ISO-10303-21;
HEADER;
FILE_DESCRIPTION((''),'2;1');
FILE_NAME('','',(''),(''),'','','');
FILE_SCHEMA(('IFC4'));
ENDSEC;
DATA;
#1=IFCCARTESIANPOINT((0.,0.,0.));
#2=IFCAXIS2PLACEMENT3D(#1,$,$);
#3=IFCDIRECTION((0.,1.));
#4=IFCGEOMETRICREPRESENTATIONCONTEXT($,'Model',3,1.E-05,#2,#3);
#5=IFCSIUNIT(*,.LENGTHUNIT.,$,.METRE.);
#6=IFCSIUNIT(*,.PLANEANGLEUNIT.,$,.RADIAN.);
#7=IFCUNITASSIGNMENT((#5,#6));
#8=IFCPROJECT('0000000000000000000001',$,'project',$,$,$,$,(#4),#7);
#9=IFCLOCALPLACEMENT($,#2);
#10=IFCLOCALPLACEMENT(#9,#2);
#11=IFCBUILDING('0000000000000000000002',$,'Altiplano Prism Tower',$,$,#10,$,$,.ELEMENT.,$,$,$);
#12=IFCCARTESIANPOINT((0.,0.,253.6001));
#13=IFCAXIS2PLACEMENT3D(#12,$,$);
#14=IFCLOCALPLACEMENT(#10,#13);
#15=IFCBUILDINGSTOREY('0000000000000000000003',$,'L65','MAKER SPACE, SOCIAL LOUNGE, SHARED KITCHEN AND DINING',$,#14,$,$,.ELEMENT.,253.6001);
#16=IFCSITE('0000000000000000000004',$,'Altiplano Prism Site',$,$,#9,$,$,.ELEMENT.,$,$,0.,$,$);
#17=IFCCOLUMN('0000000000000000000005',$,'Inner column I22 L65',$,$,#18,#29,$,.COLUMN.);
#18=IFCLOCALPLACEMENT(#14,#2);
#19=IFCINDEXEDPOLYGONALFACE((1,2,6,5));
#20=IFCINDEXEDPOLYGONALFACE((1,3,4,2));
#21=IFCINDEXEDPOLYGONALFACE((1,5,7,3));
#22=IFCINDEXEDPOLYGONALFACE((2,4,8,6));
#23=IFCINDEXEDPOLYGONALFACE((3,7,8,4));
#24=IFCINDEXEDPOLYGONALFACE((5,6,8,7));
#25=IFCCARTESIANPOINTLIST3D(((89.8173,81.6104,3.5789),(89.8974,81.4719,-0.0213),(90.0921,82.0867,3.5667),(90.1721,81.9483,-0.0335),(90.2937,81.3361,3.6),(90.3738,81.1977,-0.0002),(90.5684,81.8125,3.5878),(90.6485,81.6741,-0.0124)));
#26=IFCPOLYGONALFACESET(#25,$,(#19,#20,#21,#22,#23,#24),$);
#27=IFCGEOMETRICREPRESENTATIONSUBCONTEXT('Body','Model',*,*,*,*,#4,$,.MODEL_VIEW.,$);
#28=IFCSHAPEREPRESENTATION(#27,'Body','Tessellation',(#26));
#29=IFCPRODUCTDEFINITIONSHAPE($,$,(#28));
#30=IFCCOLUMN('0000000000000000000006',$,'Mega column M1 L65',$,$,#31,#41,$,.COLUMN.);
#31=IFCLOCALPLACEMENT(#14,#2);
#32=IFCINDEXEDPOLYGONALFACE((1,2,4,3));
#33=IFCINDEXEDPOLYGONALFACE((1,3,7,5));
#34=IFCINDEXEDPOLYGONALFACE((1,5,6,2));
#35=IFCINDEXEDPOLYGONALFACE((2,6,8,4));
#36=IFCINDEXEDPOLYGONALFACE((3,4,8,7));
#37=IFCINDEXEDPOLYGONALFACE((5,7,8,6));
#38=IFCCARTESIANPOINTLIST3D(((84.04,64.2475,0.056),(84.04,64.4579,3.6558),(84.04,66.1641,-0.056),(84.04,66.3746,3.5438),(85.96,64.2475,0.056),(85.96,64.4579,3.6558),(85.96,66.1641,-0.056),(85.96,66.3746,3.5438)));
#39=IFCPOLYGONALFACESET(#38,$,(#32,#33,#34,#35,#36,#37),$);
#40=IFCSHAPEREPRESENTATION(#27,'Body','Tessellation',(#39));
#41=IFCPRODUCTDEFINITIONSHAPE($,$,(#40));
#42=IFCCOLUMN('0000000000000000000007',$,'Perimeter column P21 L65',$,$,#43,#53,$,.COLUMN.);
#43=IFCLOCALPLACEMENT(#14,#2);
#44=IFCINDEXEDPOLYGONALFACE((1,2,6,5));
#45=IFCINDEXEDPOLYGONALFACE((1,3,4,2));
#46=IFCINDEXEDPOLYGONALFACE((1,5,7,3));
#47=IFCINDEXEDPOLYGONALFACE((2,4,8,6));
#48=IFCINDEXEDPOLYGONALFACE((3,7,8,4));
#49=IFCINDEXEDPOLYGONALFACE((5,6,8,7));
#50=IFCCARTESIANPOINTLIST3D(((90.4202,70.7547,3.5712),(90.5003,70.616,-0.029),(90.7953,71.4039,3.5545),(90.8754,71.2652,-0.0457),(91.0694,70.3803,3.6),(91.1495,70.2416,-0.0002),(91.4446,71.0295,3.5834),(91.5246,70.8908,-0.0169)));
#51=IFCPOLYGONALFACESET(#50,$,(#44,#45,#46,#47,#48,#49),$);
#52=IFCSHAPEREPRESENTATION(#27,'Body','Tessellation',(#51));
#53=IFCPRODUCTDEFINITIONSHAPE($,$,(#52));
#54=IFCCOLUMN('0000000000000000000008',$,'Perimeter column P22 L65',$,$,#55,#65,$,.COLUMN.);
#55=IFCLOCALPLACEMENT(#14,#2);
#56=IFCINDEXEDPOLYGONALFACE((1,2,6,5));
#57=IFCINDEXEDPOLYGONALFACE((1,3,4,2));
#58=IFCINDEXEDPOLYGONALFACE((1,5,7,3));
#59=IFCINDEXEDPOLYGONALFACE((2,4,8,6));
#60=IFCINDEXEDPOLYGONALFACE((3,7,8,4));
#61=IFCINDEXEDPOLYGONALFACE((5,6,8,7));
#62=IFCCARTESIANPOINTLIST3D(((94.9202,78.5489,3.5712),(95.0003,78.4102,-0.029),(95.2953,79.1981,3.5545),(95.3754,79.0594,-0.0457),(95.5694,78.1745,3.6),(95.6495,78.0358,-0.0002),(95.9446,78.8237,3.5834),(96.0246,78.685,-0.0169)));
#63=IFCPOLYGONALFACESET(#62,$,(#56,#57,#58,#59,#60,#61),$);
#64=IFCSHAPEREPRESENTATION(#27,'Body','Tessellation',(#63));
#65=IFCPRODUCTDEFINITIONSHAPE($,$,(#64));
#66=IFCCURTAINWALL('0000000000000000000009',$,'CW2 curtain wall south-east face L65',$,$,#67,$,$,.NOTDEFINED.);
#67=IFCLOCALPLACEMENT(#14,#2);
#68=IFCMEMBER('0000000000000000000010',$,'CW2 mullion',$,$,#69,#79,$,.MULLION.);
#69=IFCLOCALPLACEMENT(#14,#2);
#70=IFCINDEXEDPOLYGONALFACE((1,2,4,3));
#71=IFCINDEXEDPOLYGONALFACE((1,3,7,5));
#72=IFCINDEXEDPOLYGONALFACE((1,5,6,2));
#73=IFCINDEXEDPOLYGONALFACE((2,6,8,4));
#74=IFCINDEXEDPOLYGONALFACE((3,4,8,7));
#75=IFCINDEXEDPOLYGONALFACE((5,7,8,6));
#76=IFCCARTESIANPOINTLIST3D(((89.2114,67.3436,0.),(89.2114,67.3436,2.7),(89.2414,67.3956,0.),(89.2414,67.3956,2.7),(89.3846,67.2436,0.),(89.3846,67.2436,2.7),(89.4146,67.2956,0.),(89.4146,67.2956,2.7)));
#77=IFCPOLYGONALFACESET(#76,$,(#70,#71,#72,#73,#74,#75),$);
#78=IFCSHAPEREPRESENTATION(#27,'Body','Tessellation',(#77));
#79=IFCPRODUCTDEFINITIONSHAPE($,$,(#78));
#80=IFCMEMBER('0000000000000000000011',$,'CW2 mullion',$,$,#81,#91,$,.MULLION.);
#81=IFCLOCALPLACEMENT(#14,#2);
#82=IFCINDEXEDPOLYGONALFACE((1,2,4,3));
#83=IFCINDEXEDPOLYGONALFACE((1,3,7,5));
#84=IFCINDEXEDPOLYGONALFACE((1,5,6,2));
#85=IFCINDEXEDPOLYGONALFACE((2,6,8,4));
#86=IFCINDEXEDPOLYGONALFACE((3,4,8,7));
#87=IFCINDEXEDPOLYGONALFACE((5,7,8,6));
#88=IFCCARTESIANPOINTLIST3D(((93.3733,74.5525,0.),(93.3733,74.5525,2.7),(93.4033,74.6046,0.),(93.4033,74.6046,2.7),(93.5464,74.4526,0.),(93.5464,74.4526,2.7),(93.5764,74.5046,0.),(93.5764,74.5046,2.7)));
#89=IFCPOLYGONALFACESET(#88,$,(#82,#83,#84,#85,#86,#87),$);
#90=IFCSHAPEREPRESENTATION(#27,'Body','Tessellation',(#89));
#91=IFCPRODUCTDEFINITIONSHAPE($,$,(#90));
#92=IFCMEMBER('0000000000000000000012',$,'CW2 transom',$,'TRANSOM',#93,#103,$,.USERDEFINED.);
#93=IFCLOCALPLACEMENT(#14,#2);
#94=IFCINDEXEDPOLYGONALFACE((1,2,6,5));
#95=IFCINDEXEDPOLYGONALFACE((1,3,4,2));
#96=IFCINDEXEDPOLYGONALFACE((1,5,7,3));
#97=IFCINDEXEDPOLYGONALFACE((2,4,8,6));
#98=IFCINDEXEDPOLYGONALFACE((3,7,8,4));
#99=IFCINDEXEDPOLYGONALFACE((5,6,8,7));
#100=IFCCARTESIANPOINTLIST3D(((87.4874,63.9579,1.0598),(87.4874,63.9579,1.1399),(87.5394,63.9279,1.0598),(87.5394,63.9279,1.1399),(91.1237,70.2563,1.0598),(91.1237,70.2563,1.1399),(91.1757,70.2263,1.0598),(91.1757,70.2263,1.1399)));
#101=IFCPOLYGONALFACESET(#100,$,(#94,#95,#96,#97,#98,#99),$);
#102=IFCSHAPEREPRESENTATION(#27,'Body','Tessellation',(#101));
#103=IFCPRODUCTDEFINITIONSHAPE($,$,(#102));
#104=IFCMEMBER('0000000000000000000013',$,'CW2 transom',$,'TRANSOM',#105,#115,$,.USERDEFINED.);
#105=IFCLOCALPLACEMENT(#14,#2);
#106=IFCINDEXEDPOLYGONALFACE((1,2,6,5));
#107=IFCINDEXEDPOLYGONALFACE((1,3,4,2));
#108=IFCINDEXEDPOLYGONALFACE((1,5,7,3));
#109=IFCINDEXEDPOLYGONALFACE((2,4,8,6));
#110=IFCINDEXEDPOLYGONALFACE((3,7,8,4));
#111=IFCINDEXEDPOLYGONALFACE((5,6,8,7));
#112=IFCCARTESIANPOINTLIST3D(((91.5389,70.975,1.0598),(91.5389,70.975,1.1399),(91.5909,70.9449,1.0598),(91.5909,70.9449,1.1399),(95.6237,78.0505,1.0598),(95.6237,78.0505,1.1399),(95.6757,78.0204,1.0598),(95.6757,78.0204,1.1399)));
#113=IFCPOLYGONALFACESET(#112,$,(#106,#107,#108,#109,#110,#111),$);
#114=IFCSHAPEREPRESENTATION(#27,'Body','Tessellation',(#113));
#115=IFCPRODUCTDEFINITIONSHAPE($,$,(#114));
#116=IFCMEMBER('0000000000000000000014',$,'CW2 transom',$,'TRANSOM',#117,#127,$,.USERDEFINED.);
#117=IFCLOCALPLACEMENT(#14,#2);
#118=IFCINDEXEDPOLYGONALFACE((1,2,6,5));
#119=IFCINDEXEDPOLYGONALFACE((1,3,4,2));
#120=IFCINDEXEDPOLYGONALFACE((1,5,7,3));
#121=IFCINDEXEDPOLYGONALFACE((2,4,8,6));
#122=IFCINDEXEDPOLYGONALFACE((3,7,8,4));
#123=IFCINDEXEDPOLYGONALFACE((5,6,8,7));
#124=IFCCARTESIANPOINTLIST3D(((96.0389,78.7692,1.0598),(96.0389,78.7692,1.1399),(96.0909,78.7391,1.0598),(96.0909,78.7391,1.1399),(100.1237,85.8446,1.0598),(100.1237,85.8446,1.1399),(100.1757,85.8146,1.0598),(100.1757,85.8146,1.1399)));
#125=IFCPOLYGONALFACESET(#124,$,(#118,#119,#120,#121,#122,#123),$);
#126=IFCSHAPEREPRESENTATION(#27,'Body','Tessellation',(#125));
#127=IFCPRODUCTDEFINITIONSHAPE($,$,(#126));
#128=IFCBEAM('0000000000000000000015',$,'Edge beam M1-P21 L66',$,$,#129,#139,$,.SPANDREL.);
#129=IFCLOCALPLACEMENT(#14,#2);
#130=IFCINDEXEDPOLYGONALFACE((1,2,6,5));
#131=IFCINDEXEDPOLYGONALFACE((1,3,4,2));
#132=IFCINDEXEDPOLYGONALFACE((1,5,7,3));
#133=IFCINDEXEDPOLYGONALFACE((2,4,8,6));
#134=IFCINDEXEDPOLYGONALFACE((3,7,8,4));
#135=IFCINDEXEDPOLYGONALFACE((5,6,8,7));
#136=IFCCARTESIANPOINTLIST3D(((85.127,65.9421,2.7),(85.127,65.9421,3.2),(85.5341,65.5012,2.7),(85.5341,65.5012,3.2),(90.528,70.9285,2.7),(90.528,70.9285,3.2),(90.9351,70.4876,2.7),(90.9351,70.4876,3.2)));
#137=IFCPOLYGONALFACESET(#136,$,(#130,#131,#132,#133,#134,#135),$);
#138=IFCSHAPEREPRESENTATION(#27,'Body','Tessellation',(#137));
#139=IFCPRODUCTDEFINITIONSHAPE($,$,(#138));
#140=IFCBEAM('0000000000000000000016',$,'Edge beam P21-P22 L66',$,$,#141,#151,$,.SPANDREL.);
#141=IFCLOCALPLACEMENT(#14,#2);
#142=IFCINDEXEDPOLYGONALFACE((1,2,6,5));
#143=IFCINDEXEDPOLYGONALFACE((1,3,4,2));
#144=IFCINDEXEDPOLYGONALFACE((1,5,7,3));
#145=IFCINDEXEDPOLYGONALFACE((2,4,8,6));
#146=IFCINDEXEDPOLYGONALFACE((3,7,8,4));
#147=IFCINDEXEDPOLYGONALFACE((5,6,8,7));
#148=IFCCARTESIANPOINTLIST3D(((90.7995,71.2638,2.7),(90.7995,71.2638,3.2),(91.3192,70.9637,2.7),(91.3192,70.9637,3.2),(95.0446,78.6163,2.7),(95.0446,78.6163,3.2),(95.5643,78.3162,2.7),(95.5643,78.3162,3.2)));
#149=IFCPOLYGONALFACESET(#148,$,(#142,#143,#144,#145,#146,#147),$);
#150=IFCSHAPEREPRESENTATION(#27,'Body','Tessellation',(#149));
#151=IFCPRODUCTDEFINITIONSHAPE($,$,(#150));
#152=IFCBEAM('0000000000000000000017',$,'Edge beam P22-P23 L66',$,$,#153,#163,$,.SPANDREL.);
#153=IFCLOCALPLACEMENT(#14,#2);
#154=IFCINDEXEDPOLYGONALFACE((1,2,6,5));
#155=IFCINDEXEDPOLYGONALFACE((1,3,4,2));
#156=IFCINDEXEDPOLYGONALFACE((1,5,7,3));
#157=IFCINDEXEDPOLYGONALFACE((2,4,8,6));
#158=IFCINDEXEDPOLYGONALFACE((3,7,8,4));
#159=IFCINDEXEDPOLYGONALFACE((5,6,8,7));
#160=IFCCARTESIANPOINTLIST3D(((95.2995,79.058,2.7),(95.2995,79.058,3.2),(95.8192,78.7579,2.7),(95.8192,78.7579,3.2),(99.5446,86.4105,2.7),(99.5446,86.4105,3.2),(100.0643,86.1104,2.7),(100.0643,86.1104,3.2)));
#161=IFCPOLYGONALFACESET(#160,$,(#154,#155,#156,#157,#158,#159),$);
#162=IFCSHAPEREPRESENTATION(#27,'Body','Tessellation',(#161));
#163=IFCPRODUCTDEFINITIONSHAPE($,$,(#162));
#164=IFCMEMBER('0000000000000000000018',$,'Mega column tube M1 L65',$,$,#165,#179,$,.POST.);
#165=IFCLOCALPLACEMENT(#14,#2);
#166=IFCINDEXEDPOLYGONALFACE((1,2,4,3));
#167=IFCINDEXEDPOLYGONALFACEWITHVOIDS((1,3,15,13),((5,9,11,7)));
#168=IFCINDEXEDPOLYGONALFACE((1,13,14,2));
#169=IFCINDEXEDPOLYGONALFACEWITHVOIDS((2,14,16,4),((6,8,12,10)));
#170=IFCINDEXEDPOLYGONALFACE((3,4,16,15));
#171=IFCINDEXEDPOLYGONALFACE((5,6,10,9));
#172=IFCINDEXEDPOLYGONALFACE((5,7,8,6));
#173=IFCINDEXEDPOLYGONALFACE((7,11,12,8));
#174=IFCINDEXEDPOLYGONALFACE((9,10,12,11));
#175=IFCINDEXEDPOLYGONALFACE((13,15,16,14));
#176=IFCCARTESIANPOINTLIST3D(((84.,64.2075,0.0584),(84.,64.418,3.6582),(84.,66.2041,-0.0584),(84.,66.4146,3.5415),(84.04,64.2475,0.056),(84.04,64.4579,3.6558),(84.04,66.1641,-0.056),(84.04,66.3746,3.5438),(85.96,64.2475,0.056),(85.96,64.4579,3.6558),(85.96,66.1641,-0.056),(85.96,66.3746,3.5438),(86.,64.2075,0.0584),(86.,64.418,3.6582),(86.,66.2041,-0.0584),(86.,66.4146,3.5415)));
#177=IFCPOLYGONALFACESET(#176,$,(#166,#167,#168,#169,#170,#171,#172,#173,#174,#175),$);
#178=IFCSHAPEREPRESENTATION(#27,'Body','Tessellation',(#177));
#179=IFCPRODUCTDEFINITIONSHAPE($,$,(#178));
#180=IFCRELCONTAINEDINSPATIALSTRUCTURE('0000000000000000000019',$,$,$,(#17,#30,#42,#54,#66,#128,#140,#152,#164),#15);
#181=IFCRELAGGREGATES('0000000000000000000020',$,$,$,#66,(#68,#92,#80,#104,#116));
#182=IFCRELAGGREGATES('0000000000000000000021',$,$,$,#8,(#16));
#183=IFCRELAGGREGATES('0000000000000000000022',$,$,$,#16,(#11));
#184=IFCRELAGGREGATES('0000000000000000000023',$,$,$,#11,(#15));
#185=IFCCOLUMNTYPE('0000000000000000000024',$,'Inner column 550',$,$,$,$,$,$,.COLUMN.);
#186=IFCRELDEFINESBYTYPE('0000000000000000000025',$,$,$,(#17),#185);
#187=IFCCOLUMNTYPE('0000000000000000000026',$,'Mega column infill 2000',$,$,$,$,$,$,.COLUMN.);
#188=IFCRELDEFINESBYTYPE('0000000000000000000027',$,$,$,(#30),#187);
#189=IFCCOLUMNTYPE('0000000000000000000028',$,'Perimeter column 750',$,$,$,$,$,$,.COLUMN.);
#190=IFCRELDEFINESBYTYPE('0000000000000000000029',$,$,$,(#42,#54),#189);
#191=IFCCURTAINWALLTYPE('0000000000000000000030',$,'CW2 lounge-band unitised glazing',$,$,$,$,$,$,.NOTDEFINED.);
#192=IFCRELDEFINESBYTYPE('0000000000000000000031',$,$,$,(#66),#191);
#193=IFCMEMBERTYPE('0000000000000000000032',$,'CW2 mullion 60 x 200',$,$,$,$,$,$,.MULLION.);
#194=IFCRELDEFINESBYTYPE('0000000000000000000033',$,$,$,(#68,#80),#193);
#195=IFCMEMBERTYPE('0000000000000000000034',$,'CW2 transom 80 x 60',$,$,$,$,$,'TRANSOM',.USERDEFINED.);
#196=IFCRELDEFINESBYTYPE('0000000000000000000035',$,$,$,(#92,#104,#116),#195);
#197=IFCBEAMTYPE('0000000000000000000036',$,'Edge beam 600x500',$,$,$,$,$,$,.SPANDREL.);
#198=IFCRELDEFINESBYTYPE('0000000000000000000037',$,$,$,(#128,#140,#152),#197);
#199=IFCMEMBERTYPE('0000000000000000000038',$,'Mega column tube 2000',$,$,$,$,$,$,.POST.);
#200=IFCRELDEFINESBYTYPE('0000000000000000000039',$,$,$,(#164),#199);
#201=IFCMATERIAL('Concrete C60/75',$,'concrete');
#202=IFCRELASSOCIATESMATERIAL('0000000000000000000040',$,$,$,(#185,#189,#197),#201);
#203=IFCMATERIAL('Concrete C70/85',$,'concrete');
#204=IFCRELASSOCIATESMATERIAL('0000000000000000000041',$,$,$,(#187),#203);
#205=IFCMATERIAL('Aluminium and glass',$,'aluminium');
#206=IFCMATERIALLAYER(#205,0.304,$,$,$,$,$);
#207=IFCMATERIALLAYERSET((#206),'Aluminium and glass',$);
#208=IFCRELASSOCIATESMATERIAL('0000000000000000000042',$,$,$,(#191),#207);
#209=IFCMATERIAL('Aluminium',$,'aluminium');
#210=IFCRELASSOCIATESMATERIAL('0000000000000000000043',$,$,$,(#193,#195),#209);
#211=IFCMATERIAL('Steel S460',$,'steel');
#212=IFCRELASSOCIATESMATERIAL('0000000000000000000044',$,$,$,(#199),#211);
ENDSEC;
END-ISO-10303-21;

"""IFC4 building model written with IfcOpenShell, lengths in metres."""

from ifc_helpers import new_model, si_unit, direction, frame, origin, origin_2d, place, context, subcontext, project, spatial, rectangle, hollow_rectangle, extrude, material, layer, layer_set, material_profile, profile_set, type_object, element, aggregate, save


model = new_model("IFC4")

# Units and contexts
model_context = context("Model", 3, precision=1e-05, world=origin(), true_north=direction((0.0, 1.0)))
body_context = subcontext(model_context, "Body", "Model", "MODEL_VIEW")
ifc_project = project(units=[si_unit("LENGTHUNIT", "METRE"), si_unit("PLANEANGLEUNIT", "RADIAN")], contexts=[model_context])

# Site, building, storey
site_placement = place(None, origin())
site = spatial("IfcSite", under=ifc_project, at=site_placement, Name="Altiplano Prism Site", CompositionType="ELEMENT", RefElevation=0.0)
building_placement = place(site_placement, origin())
building = spatial("IfcBuilding", under=site, at=building_placement, Name="Altiplano Prism Tower", CompositionType="ELEMENT")
storey_placement = place(building_placement, frame((0.0, 0.0, 253.6001)))
storey = spatial("IfcBuildingStorey", under=building, at=storey_placement, Name="L65", Description="MAKER SPACE, SOCIAL LOUNGE, SHARED KITCHEN AND DINING", CompositionType="ELEMENT", Elevation=253.6001)

# Columns
ifc_material_1 = material(Name="Concrete C60/75", Category="concrete")
ifc_material_profile_1 = material_profile(ifc_material_1, rectangle(XDim=0.55, YDim=0.55, at=origin_2d()), Name="Inner column 550")
ifc_profile_set_1 = profile_set([ifc_material_profile_1], Name="Concrete C60/75")
column_type_1 = type_object("IfcColumnType", Name="Inner column 550", PredefinedType="COLUMN", material=ifc_profile_set_1)
column_1_placement = place(storey_placement, frame((90.2729, 81.573, -0.0168), z_axis=(-0.022221, 0.038413, 0.999015), x_axis=(-0.499508, -0.866025, 0.022189)))
element("IfcColumn", 1, at=column_1_placement, inside=storey, type_object=column_type_1, Name="Inner column I22 L65", PredefinedType="COLUMN", context=body_context, shape_type="SweptSolid", body=[
    extrude(rectangle(XDim=0.55, YDim=0.55, at=origin_2d()), origin(), (0.0, 0.0, 1.0), 3.6038),
])
ifc_material_2 = material(Name="Concrete C70/85", Category="concrete")
ifc_material_profile_2 = material_profile(ifc_material_2, rectangle(XDim=1.9199, YDim=1.9199, at=origin_2d()), Name="Mega column infill 2000")
ifc_profile_set_2 = profile_set([ifc_material_profile_2], Name="Concrete C70/85")
column_type_2 = type_object("IfcColumnType", Name="Mega column infill 2000", PredefinedType="COLUMN", material=ifc_profile_set_2)
column_2_placement = place(storey_placement, frame((85.0, 65.2058, 0.0), z_axis=(0.0, 0.058361, 0.998296), x_axis=(-1.0, 0.0, 0.0)))
element("IfcColumn", 2, at=column_2_placement, inside=storey, type_object=column_type_2, Name="Mega column M1 L65", PredefinedType="COLUMN", context=body_context, shape_type="SweptSolid", body=[
    extrude(rectangle(XDim=1.9199, YDim=1.9199, at=origin_2d()), origin(), (0.0, 0.0, 1.0), 3.606),
])
ifc_material_profile_3 = material_profile(ifc_material_1, rectangle(XDim=0.75, YDim=0.75, at=origin_2d()), Name="Perimeter column 750")
ifc_profile_set_3 = profile_set([ifc_material_profile_3], Name="Concrete C60/75")
column_type_3 = type_object("IfcColumnType", Name="Perimeter column 750", PredefinedType="COLUMN", material=ifc_profile_set_3)
for number, where, z_axis, x_axis, name in (
    (3, (91.0125, 70.7534, -0.0229), (-0.022221, 0.038481, 0.999012), (-0.50017, -0.865642, 0.022218), "Perimeter column P21 L65"),
    (4, (95.5125, 78.5476, -0.0229), (-0.022221, 0.038481, 0.999012), (-0.50017, -0.865642, 0.022218), "Perimeter column P22 L65"),
):
    element("IfcColumn", number, at=place(storey_placement, frame(where, z_axis=z_axis, x_axis=x_axis)), inside=storey, type_object=column_type_3, Name=name, PredefinedType="COLUMN", context=body_context, shape_type="SweptSolid", body=[
        extrude(rectangle(XDim=0.75, YDim=0.75, at=origin_2d()), origin(), (0.0, 0.0, 1.0), 3.6038),
    ])

# Curtain wall, members
ifc_material_3 = material(Name="Aluminium and glass", Category="aluminium")
ifc_layer_1 = layer(ifc_material_3, 0.304)
ifc_layer_set_1 = layer_set([ifc_layer_1], Name="Aluminium and glass")
curtain_wall_type = type_object("IfcCurtainWallType", Name="CW2 lounge-band unitised glazing", PredefinedType="NOTDEFINED", material=ifc_layer_set_1)
curtain_wall_1_placement = place(storey_placement, origin())
curtain_wall_1 = element("IfcCurtainWall", 5, at=curtain_wall_1_placement, inside=storey, type_object=curtain_wall_type, Name="CW2 curtain wall south-east face L65", PredefinedType="NOTDEFINED")
ifc_material_4 = material(Name="Aluminium", Category="aluminium")
ifc_material_profile_4 = material_profile(ifc_material_4, rectangle(XDim=0.2, YDim=0.0601, at=origin_2d()), Name="CW2 mullion 60 x 200")
ifc_profile_set_4 = profile_set([ifc_material_profile_4], Name="Aluminium")
member_type_1 = type_object("IfcMemberType", Name="CW2 mullion 60 x 200", PredefinedType="MULLION", material=ifc_profile_set_4)
member_1_placement = place(storey_placement, frame((89.313, 67.3196, 0.0), z_axis=(0.0, 0.0, 1.0), x_axis=(-0.866025, 0.5, 0.0)))
member_1 = element("IfcMember", 6, at=member_1_placement, type_object=member_type_1, Name="CW2 mullion", PredefinedType="MULLION", context=body_context, shape_type="SweptSolid", body=[
    extrude(rectangle(XDim=0.2, YDim=0.0601, at=origin_2d()), origin(), (0.0, 0.0, 1.0), 2.7),
])
member_2_placement = place(storey_placement, frame((93.4749, 74.5286, 0.0), z_axis=(0.0, 0.0, 1.0), x_axis=(-0.866025, 0.5, 0.0)))
member_2 = element("IfcMember", 7, at=member_2_placement, type_object=member_type_1, Name="CW2 mullion", PredefinedType="MULLION", context=body_context, shape_type="SweptSolid", body=[
    extrude(rectangle(XDim=0.2, YDim=0.0601, at=origin_2d()), origin(), (0.0, 0.0, 1.0), 2.7),
])
ifc_material_profile_5 = material_profile(ifc_material_4, rectangle(XDim=0.0601, YDim=0.0801, at=origin_2d()), Name="CW2 transom 80 x 60")
ifc_profile_set_5 = profile_set([ifc_material_profile_5], Name="Aluminium")
member_type_2 = type_object("IfcMemberType", Name="CW2 transom 80 x 60", ElementType="TRANSOM", PredefinedType="USERDEFINED", material=ifc_profile_set_5)
member_3_placement = place(storey_placement, frame((87.5134, 63.9429, 1.0999), z_axis=(0.499988, 0.866032, 0.0), x_axis=(-0.866032, 0.499988, 0.0)))
member_3 = element("IfcMember", 8, at=member_3_placement, type_object=member_type_2, Name="CW2 transom", ObjectType="TRANSOM", PredefinedType="USERDEFINED", context=body_context, shape_type="SweptSolid", body=[
    extrude(rectangle(XDim=0.0601, YDim=0.0801, at=origin_2d()), origin(), (0.0, 0.0, 1.0), 7.2727),
])
member_4_placement = place(storey_placement, frame((91.5649, 70.96, 1.0999), z_axis=(0.499973, 0.866041, 0.0), x_axis=(-0.866041, 0.499973, 0.0)))
member_4 = element("IfcMember", 9, at=member_4_placement, type_object=member_type_2, Name="CW2 transom", ObjectType="TRANSOM", PredefinedType="USERDEFINED", context=body_context, shape_type="SweptSolid", body=[
    extrude(rectangle(XDim=0.0601, YDim=0.0801, at=origin_2d()), origin(), (0.0, 0.0, 1.0), 8.1699),
])
member_5_placement = place(storey_placement, frame((96.0649, 78.7542, 1.0999), z_axis=(0.499973, 0.866041, 0.0), x_axis=(-0.866041, 0.499973, 0.0)))
member_5 = element("IfcMember", 10, at=member_5_placement, type_object=member_type_2, Name="CW2 transom", ObjectType="TRANSOM", PredefinedType="USERDEFINED", context=body_context, shape_type="SweptSolid", body=[
    extrude(rectangle(XDim=0.0601, YDim=0.0801, at=origin_2d()), origin(), (0.0, 0.0, 1.0), 8.1699),
])

# Beams
ifc_material_profile_6 = material_profile(ifc_material_1, rectangle(XDim=0.6001, YDim=0.5, at=origin_2d()), Name="Edge beam 600x500")
ifc_profile_set_6 = profile_set([ifc_material_profile_6], Name="Concrete C60/75")
beam_type_1 = type_object("IfcBeamType", Name="Edge beam 600x500", PredefinedType="SPANDREL", material=ifc_profile_set_6)
beam_1_placement = place(storey_placement, frame((85.3306, 65.7217, 2.95), z_axis=(0.734742, 0.678346, 0.0), x_axis=(-0.678346, 0.734742, 0.0)))
element("IfcBeam", 11, at=beam_1_placement, inside=storey, type_object=beam_type_1, Name="Edge beam M1-P21 L66", PredefinedType="SPANDREL", context=body_context, shape_type="SweptSolid", body=[
    extrude(rectangle(XDim=0.6001, YDim=0.5, at=origin_2d()), origin(), (0.0, 0.0, 1.0), 7.3508),
])
for number, where, z_axis, x_axis, name in (
    (12, (91.0593, 71.1138, 2.95), (0.500011, 0.866019, 0.0), (-0.866019, 0.500011, 0.0), "Edge beam P21-P22 L66"),
    (13, (95.5593, 78.908, 2.95), (0.500011, 0.866019, 0.0), (-0.866019, 0.500011, 0.0), "Edge beam P22-P23 L66"),
):
    element("IfcBeam", number, at=place(storey_placement, frame(where, z_axis=z_axis, x_axis=x_axis)), inside=storey, type_object=beam_type_1, Name=name, PredefinedType="SPANDREL", context=body_context, shape_type="SweptSolid", body=[
        extrude(rectangle(XDim=0.6001, YDim=0.5, at=origin_2d()), origin(), (0.0, 0.0, 1.0), 8.49),
    ])

# Member
ifc_material_5 = material(Name="Steel S460", Category="steel")
ifc_material_profile_7 = material_profile(ifc_material_5, hollow_rectangle(XDim=2.0, YDim=2.0, WallThickness=0.04, at=origin_2d()), Name="Mega column tube 2000")
ifc_profile_set_7 = profile_set([ifc_material_profile_7], Name="Steel S460")
member_type_3 = type_object("IfcMemberType", Name="Mega column tube 2000", PredefinedType="POST", material=ifc_profile_set_7)
member_6_placement = place(storey_placement, frame((85.0, 65.2058, 0.0), z_axis=(0.0, 0.058361, 0.998296), x_axis=(-1.0, 0.0, 0.0)))
element("IfcMember", 14, at=member_6_placement, inside=storey, type_object=member_type_3, Name="Mega column tube M1 L65", PredefinedType="POST", context=body_context, shape_type="SweptSolid", body=[
    extrude(hollow_rectangle(XDim=2.0, YDim=2.0, WallThickness=0.04, at=origin_2d()), origin(), (0.0, 0.0, 1.0), 3.606),
])

aggregate(curtain_wall_1, [member_1, member_3, member_2, member_4, member_5])

save(model, "model.ifc")
